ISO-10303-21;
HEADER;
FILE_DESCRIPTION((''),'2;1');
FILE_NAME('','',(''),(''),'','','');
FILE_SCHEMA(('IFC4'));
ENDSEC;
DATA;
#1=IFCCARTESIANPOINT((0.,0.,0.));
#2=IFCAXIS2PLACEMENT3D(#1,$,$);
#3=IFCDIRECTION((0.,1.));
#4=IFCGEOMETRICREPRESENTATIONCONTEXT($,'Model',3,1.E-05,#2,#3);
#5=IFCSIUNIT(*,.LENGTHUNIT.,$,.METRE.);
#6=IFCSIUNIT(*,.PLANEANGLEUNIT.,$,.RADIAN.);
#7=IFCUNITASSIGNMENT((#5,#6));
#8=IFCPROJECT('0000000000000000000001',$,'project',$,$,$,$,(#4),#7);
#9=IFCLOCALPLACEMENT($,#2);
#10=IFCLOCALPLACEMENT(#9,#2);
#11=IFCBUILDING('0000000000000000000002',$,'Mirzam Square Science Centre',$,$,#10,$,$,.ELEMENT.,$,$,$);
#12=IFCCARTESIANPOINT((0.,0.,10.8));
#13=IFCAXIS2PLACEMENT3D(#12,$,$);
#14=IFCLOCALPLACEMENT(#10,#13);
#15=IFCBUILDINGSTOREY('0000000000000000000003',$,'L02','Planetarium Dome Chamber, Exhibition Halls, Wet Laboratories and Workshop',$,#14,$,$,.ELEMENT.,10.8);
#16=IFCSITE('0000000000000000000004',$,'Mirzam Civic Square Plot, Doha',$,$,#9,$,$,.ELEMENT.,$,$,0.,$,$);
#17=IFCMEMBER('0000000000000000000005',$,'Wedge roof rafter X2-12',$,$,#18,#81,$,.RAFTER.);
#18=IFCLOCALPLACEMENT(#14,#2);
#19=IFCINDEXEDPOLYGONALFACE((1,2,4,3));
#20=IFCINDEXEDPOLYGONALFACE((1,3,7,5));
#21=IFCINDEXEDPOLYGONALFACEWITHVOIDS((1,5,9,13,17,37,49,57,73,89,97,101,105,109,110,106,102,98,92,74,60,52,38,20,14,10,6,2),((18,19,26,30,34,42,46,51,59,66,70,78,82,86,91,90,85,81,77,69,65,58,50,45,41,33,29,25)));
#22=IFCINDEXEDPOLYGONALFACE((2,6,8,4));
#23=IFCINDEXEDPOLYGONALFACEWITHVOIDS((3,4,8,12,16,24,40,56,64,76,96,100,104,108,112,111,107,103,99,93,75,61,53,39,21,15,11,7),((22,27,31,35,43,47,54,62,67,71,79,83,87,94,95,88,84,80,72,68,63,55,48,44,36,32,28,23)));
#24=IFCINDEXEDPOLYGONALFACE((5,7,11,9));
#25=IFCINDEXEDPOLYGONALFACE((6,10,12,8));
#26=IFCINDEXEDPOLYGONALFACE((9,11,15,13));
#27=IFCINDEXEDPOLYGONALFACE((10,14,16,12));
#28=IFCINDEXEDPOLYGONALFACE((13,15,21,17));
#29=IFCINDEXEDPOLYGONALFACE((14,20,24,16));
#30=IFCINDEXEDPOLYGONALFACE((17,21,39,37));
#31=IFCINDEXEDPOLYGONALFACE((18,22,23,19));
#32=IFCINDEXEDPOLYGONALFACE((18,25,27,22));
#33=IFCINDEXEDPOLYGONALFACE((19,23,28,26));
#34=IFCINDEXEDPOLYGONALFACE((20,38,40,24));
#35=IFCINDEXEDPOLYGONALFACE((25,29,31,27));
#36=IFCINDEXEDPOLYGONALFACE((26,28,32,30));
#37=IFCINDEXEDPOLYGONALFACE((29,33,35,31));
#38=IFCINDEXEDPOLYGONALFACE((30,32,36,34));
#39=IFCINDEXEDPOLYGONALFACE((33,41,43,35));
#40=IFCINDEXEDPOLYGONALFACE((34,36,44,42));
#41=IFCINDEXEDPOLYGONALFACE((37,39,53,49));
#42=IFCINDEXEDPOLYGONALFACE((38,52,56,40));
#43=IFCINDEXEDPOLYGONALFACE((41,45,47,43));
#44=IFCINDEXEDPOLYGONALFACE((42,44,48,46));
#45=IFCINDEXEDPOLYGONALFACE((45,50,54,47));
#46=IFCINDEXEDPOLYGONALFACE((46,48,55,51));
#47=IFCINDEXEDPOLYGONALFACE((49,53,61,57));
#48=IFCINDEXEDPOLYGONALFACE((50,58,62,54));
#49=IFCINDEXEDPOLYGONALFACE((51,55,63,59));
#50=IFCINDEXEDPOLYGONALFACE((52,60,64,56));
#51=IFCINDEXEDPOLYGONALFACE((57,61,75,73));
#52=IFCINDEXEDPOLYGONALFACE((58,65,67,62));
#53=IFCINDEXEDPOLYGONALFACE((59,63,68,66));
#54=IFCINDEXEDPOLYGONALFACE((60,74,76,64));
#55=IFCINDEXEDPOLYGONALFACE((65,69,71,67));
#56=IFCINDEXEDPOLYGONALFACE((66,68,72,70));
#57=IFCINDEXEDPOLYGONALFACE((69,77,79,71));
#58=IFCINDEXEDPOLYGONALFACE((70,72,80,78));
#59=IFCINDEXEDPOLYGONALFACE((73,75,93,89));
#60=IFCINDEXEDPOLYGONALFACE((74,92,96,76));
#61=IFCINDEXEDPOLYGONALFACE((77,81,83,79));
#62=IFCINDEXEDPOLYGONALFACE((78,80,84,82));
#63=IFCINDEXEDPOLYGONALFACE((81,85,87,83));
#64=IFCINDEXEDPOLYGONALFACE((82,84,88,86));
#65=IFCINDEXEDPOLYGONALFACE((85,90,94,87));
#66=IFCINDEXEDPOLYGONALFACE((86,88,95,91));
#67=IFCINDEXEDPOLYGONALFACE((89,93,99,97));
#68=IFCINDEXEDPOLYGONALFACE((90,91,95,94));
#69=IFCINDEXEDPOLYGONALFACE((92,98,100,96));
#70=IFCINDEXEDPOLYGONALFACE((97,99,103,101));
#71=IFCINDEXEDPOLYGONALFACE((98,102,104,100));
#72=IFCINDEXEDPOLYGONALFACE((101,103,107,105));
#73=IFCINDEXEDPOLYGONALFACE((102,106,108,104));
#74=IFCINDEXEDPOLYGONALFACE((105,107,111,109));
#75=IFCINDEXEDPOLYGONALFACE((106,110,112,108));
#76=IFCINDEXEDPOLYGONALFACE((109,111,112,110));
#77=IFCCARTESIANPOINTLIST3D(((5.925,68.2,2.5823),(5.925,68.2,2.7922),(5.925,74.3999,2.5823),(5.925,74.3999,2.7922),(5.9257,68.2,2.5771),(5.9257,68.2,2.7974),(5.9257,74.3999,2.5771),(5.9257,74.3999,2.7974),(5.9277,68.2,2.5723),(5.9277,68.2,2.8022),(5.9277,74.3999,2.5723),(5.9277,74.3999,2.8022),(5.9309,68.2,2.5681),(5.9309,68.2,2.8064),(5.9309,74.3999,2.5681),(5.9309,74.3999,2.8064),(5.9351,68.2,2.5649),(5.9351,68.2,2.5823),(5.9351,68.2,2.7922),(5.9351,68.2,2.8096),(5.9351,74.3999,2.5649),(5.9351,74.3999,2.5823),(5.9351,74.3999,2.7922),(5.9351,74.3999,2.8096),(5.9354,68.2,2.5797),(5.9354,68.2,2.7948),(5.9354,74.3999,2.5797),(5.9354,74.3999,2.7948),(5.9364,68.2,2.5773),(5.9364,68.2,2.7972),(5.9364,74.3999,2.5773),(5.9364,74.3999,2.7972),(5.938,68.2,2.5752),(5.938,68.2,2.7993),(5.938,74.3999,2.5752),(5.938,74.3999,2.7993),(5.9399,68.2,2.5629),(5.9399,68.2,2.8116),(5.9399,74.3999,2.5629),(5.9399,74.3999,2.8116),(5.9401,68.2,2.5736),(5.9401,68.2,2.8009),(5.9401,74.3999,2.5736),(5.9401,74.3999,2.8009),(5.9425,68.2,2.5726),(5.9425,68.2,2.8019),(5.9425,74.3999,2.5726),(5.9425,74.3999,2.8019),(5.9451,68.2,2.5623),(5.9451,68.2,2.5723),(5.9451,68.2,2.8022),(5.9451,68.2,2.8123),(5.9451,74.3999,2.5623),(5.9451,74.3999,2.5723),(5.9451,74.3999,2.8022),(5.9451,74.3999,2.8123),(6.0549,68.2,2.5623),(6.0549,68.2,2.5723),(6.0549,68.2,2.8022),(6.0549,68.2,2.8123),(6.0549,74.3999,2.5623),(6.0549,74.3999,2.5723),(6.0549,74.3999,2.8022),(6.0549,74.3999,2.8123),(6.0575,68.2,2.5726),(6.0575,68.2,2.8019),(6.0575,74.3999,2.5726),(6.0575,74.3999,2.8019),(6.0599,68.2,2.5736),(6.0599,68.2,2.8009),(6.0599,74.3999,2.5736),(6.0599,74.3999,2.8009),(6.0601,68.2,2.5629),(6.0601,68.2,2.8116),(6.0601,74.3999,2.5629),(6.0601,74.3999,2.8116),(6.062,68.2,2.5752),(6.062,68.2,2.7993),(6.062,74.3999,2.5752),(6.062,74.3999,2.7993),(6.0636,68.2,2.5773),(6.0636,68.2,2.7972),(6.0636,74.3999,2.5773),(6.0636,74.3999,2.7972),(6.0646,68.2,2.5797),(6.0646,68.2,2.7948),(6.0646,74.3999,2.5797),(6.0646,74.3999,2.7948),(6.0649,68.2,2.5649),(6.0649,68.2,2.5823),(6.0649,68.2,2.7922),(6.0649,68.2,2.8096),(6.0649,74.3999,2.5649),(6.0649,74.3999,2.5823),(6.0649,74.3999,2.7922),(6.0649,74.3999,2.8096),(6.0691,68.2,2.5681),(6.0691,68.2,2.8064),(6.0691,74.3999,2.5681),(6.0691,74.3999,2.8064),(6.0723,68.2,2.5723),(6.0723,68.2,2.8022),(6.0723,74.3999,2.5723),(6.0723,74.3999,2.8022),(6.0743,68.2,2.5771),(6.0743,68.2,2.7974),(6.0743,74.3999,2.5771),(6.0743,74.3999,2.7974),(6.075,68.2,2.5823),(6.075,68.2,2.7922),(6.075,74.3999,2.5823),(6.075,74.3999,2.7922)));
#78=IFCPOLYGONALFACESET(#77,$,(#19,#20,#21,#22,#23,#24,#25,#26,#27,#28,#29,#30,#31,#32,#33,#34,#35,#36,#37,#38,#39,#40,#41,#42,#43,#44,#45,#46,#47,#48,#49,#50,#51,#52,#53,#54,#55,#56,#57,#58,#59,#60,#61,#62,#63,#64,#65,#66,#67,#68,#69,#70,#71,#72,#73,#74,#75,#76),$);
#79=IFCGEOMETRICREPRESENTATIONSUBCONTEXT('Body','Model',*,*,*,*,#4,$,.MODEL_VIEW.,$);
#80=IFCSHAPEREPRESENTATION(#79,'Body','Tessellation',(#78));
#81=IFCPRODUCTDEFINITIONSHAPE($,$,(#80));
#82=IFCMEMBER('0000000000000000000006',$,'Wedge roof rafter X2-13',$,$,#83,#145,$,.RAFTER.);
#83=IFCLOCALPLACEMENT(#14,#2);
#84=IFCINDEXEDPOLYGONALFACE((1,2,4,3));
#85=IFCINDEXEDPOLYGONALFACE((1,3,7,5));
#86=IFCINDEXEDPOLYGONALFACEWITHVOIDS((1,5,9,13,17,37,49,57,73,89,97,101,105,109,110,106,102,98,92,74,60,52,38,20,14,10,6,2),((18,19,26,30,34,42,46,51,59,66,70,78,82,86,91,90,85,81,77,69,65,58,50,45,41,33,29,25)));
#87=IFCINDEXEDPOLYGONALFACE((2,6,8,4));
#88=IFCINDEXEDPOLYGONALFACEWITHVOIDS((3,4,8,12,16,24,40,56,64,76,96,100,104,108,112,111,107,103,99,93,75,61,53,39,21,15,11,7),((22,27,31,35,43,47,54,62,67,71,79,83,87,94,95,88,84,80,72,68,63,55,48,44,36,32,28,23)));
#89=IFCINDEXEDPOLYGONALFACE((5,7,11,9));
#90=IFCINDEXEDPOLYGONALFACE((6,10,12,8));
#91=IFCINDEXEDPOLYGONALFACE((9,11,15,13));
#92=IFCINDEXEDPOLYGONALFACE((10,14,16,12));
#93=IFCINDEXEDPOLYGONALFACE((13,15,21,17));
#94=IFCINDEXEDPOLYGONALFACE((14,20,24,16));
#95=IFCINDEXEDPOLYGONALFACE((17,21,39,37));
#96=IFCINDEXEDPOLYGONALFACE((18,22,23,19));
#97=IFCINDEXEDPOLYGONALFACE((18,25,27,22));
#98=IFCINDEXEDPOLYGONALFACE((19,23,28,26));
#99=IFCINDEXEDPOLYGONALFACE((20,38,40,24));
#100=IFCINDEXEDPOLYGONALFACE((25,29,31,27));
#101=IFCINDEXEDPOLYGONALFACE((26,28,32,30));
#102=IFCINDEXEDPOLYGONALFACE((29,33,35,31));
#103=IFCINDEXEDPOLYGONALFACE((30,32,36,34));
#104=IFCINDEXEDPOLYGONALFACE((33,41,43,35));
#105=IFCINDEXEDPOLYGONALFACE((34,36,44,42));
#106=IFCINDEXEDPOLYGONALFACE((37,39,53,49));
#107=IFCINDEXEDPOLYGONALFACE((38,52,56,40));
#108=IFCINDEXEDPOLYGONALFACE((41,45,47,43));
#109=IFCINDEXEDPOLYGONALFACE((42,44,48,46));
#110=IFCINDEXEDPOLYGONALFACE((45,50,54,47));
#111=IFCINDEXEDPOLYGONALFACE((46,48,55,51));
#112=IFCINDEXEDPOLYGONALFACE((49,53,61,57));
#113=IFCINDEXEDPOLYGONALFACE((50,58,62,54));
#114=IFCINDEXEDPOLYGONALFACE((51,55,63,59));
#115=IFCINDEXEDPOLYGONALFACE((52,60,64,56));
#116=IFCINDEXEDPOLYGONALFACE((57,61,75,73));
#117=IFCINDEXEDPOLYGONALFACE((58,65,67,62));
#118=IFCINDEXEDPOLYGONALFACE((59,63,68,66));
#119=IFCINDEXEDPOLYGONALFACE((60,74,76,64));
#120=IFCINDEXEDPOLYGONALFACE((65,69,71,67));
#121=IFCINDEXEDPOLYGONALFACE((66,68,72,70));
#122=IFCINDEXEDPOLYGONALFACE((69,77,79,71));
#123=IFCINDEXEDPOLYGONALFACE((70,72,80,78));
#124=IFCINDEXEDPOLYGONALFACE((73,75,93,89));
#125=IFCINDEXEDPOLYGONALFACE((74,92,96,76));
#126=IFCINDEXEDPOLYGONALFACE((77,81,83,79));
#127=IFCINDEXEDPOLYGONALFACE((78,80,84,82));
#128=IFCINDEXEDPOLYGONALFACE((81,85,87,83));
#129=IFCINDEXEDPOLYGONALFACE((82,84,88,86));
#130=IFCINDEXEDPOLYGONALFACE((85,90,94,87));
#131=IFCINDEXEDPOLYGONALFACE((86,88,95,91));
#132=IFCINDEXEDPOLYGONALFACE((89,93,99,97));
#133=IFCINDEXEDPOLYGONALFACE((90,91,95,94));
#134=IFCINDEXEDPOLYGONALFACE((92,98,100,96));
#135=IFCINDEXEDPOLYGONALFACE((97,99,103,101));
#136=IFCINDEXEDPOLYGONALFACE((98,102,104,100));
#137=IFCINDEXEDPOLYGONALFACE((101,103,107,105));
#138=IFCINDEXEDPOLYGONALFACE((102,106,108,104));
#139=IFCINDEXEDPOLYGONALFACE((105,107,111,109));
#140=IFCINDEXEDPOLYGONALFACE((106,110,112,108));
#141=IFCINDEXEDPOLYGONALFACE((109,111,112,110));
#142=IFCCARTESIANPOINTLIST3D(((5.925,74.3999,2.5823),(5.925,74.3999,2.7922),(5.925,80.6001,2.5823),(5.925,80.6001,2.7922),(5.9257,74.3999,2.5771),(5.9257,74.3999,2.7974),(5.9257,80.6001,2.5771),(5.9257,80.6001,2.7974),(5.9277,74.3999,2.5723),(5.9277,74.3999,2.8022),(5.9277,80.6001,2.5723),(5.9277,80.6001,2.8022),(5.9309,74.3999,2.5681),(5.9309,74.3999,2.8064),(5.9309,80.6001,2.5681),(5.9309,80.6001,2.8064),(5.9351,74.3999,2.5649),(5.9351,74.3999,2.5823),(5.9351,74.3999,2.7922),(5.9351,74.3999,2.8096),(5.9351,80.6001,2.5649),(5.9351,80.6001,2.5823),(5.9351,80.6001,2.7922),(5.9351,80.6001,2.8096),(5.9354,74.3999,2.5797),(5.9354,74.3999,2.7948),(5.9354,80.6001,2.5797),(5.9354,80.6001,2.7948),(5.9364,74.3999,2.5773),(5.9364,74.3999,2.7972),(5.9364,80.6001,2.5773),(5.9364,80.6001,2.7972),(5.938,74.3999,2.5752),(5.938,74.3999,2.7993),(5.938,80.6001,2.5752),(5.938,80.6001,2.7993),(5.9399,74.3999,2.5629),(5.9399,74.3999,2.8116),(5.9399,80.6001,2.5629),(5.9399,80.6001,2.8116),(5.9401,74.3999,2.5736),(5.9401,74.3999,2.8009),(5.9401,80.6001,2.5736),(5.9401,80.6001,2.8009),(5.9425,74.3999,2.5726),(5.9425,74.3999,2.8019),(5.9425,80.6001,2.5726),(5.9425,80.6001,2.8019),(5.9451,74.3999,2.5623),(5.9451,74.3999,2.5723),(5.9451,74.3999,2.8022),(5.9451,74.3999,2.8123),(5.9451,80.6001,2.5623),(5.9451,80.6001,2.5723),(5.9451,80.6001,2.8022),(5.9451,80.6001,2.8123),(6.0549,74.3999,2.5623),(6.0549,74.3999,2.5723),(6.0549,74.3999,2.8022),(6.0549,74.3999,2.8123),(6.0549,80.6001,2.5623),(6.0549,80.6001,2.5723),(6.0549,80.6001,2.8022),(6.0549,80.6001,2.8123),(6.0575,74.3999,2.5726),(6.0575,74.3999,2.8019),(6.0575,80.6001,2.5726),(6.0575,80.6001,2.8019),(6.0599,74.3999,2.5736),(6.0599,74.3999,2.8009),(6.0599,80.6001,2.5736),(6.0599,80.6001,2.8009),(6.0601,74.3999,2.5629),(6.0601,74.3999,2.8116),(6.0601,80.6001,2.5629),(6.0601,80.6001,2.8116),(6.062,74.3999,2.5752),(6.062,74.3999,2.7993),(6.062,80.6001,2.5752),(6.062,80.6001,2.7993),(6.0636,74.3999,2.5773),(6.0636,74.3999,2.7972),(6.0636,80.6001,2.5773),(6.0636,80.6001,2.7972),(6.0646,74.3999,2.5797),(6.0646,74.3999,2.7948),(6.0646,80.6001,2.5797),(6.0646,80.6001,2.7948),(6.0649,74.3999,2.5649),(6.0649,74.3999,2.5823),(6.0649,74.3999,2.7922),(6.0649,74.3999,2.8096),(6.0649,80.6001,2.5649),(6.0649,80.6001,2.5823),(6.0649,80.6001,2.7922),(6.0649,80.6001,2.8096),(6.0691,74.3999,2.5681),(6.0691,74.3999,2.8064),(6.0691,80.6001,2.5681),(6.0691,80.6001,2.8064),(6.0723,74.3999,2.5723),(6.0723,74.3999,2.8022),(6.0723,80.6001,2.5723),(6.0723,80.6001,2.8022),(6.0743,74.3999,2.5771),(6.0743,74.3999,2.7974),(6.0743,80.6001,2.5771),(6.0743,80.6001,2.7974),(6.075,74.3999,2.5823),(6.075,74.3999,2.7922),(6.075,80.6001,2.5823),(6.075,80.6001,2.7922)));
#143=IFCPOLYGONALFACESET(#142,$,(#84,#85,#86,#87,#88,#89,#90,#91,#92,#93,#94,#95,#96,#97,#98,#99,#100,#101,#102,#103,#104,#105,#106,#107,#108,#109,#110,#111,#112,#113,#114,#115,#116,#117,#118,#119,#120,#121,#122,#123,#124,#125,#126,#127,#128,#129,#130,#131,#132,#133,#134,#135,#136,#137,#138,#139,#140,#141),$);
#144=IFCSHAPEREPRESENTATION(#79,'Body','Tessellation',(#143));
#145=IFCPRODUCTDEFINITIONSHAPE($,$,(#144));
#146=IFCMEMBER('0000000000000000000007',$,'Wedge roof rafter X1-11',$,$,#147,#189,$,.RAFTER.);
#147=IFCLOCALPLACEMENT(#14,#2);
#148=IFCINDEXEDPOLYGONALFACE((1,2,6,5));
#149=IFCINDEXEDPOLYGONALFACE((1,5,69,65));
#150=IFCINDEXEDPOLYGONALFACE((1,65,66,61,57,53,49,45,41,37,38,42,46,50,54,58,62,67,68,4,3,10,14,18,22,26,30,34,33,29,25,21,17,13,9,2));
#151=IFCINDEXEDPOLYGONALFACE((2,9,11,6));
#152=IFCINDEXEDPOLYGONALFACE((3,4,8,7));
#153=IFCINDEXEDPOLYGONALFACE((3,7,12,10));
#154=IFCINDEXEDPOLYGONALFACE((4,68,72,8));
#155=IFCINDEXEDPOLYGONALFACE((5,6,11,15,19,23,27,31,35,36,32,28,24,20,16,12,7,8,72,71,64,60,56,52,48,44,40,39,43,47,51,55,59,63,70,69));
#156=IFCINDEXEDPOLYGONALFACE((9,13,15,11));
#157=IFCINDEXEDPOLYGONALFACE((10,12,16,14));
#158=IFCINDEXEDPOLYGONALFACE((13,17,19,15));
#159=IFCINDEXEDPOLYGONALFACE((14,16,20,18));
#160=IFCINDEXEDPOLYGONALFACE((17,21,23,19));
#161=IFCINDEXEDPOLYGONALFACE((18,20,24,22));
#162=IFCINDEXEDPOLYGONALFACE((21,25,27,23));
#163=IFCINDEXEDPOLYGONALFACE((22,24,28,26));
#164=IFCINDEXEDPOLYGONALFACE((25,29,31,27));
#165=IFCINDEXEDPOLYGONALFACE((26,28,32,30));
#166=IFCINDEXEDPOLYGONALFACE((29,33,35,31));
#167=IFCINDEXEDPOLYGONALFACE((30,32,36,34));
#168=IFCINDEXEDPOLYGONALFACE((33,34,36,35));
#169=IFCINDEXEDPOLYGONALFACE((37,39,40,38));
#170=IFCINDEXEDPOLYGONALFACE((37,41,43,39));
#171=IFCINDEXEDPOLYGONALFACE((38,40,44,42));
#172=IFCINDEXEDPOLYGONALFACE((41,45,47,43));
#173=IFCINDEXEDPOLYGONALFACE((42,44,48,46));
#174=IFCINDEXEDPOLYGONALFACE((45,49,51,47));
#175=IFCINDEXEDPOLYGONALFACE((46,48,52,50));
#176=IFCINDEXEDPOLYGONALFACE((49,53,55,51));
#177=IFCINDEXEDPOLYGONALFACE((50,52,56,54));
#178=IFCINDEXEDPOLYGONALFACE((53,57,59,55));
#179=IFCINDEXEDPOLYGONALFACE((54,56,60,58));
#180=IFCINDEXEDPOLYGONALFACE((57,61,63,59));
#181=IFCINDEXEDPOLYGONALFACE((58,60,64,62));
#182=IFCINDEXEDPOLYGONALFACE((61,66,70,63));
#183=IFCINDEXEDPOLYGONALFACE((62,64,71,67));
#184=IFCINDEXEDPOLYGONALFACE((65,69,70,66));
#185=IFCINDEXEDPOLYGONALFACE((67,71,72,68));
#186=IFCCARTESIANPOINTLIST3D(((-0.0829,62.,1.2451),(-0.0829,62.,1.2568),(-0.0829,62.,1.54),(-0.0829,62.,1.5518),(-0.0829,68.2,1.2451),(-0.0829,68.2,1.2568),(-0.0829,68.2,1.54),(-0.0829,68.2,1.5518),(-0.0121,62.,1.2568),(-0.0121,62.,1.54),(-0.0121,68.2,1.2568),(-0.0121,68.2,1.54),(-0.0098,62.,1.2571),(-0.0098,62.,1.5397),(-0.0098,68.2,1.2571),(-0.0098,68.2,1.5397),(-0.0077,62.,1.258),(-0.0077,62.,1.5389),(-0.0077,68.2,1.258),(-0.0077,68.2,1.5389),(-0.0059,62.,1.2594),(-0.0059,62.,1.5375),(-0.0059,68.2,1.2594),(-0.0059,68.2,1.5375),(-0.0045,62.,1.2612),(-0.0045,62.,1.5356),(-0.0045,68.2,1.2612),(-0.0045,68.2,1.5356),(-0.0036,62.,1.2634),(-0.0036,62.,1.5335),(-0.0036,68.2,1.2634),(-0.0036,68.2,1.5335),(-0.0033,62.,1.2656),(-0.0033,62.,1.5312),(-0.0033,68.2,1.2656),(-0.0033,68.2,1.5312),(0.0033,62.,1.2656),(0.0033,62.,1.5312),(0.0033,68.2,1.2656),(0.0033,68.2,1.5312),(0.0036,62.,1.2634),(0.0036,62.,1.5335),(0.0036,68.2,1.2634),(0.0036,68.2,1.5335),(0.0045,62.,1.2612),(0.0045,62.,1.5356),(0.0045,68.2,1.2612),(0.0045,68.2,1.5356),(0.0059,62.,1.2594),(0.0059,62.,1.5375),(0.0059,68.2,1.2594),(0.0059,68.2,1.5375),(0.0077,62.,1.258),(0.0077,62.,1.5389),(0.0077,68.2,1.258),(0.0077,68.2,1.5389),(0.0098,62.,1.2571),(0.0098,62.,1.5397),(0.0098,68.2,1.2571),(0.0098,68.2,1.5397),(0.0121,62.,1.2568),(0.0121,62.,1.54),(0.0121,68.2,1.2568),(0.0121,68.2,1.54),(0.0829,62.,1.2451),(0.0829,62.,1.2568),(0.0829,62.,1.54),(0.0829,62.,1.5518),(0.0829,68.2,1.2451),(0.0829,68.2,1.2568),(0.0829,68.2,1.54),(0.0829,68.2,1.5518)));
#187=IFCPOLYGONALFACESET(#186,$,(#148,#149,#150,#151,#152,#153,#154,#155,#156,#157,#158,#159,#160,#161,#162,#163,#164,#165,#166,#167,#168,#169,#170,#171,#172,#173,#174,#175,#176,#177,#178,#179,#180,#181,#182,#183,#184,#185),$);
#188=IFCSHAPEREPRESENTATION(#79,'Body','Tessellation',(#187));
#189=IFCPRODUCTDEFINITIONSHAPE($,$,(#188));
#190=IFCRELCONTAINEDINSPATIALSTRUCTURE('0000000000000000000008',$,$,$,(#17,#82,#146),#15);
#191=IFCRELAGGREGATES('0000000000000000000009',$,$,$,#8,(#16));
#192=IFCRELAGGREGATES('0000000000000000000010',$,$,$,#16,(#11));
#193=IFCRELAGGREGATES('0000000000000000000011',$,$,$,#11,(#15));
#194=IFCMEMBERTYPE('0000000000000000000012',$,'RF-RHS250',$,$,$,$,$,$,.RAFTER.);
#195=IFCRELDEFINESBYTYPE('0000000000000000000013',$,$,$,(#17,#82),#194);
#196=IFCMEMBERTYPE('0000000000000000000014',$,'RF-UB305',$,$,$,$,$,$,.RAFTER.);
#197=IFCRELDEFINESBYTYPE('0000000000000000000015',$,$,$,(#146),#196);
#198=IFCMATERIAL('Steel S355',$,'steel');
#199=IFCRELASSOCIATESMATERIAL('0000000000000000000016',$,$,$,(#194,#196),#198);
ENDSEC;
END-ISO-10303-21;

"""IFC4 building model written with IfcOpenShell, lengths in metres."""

from ifc_helpers import new_model, si_unit, direction, frame, origin, origin_2d, place, context, subcontext, project, spatial, hollow_rectangle, i_section, extrude, material, material_profile, profile_set, type_object, element, save


model = new_model("IFC4")

# Units and contexts
model_context = context("Model", 3, precision=1e-05, world=origin(), true_north=direction((0.0, 1.0)))
body_context = subcontext(model_context, "Body", "Model", "MODEL_VIEW")
ifc_project = project(units=[si_unit("LENGTHUNIT", "METRE"), si_unit("PLANEANGLEUNIT", "RADIAN")], contexts=[model_context])

# Site, building, storey
site_placement = place(None, origin())
site = spatial("IfcSite", under=ifc_project, at=site_placement, Name="Mirzam Civic Square Plot, Doha", CompositionType="ELEMENT", RefElevation=0.0)
building_placement = place(site_placement, origin())
building = spatial("IfcBuilding", under=site, at=building_placement, Name="Mirzam Square Science Centre", CompositionType="ELEMENT")
storey_placement = place(building_placement, frame((0.0, 0.0, 10.8)))
storey = spatial("IfcBuildingStorey", under=building, at=storey_placement, Name="L02", Description="Planetarium Dome Chamber, Exhibition Halls, Wet Laboratories and Workshop", CompositionType="ELEMENT", Elevation=10.8)

# Members
ifc_material = material(Name="Steel S355", Category="steel")
ifc_material_profile_1 = material_profile(ifc_material, hollow_rectangle(XDim=0.1499, YDim=0.25, WallThickness=0.01, InnerFilletRadius=0.01, OuterFilletRadius=0.02, at=origin_2d()), Name="250x150x10.0RHS")
ifc_profile_set_1 = profile_set([ifc_material_profile_1], Name="Steel S355")
member_type_1 = type_object("IfcMemberType", Name="RF-RHS250", PredefinedType="RAFTER", material=ifc_profile_set_1)
for number, where, z_axis, x_axis, name in (
    (1, (6.0, 68.2, 2.6873), (0.0, 1.0, 0.0), (-1.0, 0.0, 0.0), "Wedge roof rafter X2-12"),
):
    element("IfcMember", number, at=place(storey_placement, frame(where, z_axis=z_axis, x_axis=x_axis)), inside=storey, type_object=member_type_1, Name=name, PredefinedType="RAFTER", context=body_context, shape_type="SweptSolid", body=[
        extrude(hollow_rectangle(XDim=0.1499, YDim=0.25, WallThickness=0.01, InnerFilletRadius=0.01, OuterFilletRadius=0.02, at=origin_2d()), origin(), (0.0, 0.0, 1.0), 6.2),
    ])
member_1_placement = place(storey_placement, frame((6.0, 74.3999, 2.6873), z_axis=(0.0, 1.0, 0.0), x_axis=(-1.0, 0.0, 0.0)))
element("IfcMember", 2, at=member_1_placement, inside=storey, type_object=member_type_1, Name="Wedge roof rafter X2-13", PredefinedType="RAFTER", context=body_context, shape_type="SweptSolid", body=[
    extrude(hollow_rectangle(XDim=0.1499, YDim=0.25, WallThickness=0.01, InnerFilletRadius=0.01, OuterFilletRadius=0.02, at=origin_2d()), origin(), (0.0, 0.0, 1.0), 6.2002),
])
ifc_material_profile_2 = material_profile(ifc_material, i_section(OverallWidth=0.1658, OverallDepth=0.3066, WebThickness=0.0066, FlangeThickness=0.0117, FilletRadius=0.0088, at=origin_2d()), Name="305x165x46UB")
ifc_profile_set_2 = profile_set([ifc_material_profile_2], Name="Steel S355")
member_type_2 = type_object("IfcMemberType", Name="RF-UB305", PredefinedType="RAFTER", material=ifc_profile_set_2)
for number, where, z_axis, x_axis, name in (
    (3, (0.0, 62.0, 1.3984), (0.0, 1.0, 0.0), (-1.0, 0.0, 0.0), "Wedge roof rafter X1-11"),
):
    element("IfcMember", number, at=place(storey_placement, frame(where, z_axis=z_axis, x_axis=x_axis)), inside=storey, type_object=member_type_2, Name=name, PredefinedType="RAFTER", context=body_context, shape_type="SweptSolid", body=[
        extrude(i_section(OverallWidth=0.1658, OverallDepth=0.3066, WebThickness=0.0066, FlangeThickness=0.0117, FilletRadius=0.0088, at=origin_2d()), origin(), (0.0, 0.0, 1.0), 6.2),
    ])

save(model, "model.ifc")
